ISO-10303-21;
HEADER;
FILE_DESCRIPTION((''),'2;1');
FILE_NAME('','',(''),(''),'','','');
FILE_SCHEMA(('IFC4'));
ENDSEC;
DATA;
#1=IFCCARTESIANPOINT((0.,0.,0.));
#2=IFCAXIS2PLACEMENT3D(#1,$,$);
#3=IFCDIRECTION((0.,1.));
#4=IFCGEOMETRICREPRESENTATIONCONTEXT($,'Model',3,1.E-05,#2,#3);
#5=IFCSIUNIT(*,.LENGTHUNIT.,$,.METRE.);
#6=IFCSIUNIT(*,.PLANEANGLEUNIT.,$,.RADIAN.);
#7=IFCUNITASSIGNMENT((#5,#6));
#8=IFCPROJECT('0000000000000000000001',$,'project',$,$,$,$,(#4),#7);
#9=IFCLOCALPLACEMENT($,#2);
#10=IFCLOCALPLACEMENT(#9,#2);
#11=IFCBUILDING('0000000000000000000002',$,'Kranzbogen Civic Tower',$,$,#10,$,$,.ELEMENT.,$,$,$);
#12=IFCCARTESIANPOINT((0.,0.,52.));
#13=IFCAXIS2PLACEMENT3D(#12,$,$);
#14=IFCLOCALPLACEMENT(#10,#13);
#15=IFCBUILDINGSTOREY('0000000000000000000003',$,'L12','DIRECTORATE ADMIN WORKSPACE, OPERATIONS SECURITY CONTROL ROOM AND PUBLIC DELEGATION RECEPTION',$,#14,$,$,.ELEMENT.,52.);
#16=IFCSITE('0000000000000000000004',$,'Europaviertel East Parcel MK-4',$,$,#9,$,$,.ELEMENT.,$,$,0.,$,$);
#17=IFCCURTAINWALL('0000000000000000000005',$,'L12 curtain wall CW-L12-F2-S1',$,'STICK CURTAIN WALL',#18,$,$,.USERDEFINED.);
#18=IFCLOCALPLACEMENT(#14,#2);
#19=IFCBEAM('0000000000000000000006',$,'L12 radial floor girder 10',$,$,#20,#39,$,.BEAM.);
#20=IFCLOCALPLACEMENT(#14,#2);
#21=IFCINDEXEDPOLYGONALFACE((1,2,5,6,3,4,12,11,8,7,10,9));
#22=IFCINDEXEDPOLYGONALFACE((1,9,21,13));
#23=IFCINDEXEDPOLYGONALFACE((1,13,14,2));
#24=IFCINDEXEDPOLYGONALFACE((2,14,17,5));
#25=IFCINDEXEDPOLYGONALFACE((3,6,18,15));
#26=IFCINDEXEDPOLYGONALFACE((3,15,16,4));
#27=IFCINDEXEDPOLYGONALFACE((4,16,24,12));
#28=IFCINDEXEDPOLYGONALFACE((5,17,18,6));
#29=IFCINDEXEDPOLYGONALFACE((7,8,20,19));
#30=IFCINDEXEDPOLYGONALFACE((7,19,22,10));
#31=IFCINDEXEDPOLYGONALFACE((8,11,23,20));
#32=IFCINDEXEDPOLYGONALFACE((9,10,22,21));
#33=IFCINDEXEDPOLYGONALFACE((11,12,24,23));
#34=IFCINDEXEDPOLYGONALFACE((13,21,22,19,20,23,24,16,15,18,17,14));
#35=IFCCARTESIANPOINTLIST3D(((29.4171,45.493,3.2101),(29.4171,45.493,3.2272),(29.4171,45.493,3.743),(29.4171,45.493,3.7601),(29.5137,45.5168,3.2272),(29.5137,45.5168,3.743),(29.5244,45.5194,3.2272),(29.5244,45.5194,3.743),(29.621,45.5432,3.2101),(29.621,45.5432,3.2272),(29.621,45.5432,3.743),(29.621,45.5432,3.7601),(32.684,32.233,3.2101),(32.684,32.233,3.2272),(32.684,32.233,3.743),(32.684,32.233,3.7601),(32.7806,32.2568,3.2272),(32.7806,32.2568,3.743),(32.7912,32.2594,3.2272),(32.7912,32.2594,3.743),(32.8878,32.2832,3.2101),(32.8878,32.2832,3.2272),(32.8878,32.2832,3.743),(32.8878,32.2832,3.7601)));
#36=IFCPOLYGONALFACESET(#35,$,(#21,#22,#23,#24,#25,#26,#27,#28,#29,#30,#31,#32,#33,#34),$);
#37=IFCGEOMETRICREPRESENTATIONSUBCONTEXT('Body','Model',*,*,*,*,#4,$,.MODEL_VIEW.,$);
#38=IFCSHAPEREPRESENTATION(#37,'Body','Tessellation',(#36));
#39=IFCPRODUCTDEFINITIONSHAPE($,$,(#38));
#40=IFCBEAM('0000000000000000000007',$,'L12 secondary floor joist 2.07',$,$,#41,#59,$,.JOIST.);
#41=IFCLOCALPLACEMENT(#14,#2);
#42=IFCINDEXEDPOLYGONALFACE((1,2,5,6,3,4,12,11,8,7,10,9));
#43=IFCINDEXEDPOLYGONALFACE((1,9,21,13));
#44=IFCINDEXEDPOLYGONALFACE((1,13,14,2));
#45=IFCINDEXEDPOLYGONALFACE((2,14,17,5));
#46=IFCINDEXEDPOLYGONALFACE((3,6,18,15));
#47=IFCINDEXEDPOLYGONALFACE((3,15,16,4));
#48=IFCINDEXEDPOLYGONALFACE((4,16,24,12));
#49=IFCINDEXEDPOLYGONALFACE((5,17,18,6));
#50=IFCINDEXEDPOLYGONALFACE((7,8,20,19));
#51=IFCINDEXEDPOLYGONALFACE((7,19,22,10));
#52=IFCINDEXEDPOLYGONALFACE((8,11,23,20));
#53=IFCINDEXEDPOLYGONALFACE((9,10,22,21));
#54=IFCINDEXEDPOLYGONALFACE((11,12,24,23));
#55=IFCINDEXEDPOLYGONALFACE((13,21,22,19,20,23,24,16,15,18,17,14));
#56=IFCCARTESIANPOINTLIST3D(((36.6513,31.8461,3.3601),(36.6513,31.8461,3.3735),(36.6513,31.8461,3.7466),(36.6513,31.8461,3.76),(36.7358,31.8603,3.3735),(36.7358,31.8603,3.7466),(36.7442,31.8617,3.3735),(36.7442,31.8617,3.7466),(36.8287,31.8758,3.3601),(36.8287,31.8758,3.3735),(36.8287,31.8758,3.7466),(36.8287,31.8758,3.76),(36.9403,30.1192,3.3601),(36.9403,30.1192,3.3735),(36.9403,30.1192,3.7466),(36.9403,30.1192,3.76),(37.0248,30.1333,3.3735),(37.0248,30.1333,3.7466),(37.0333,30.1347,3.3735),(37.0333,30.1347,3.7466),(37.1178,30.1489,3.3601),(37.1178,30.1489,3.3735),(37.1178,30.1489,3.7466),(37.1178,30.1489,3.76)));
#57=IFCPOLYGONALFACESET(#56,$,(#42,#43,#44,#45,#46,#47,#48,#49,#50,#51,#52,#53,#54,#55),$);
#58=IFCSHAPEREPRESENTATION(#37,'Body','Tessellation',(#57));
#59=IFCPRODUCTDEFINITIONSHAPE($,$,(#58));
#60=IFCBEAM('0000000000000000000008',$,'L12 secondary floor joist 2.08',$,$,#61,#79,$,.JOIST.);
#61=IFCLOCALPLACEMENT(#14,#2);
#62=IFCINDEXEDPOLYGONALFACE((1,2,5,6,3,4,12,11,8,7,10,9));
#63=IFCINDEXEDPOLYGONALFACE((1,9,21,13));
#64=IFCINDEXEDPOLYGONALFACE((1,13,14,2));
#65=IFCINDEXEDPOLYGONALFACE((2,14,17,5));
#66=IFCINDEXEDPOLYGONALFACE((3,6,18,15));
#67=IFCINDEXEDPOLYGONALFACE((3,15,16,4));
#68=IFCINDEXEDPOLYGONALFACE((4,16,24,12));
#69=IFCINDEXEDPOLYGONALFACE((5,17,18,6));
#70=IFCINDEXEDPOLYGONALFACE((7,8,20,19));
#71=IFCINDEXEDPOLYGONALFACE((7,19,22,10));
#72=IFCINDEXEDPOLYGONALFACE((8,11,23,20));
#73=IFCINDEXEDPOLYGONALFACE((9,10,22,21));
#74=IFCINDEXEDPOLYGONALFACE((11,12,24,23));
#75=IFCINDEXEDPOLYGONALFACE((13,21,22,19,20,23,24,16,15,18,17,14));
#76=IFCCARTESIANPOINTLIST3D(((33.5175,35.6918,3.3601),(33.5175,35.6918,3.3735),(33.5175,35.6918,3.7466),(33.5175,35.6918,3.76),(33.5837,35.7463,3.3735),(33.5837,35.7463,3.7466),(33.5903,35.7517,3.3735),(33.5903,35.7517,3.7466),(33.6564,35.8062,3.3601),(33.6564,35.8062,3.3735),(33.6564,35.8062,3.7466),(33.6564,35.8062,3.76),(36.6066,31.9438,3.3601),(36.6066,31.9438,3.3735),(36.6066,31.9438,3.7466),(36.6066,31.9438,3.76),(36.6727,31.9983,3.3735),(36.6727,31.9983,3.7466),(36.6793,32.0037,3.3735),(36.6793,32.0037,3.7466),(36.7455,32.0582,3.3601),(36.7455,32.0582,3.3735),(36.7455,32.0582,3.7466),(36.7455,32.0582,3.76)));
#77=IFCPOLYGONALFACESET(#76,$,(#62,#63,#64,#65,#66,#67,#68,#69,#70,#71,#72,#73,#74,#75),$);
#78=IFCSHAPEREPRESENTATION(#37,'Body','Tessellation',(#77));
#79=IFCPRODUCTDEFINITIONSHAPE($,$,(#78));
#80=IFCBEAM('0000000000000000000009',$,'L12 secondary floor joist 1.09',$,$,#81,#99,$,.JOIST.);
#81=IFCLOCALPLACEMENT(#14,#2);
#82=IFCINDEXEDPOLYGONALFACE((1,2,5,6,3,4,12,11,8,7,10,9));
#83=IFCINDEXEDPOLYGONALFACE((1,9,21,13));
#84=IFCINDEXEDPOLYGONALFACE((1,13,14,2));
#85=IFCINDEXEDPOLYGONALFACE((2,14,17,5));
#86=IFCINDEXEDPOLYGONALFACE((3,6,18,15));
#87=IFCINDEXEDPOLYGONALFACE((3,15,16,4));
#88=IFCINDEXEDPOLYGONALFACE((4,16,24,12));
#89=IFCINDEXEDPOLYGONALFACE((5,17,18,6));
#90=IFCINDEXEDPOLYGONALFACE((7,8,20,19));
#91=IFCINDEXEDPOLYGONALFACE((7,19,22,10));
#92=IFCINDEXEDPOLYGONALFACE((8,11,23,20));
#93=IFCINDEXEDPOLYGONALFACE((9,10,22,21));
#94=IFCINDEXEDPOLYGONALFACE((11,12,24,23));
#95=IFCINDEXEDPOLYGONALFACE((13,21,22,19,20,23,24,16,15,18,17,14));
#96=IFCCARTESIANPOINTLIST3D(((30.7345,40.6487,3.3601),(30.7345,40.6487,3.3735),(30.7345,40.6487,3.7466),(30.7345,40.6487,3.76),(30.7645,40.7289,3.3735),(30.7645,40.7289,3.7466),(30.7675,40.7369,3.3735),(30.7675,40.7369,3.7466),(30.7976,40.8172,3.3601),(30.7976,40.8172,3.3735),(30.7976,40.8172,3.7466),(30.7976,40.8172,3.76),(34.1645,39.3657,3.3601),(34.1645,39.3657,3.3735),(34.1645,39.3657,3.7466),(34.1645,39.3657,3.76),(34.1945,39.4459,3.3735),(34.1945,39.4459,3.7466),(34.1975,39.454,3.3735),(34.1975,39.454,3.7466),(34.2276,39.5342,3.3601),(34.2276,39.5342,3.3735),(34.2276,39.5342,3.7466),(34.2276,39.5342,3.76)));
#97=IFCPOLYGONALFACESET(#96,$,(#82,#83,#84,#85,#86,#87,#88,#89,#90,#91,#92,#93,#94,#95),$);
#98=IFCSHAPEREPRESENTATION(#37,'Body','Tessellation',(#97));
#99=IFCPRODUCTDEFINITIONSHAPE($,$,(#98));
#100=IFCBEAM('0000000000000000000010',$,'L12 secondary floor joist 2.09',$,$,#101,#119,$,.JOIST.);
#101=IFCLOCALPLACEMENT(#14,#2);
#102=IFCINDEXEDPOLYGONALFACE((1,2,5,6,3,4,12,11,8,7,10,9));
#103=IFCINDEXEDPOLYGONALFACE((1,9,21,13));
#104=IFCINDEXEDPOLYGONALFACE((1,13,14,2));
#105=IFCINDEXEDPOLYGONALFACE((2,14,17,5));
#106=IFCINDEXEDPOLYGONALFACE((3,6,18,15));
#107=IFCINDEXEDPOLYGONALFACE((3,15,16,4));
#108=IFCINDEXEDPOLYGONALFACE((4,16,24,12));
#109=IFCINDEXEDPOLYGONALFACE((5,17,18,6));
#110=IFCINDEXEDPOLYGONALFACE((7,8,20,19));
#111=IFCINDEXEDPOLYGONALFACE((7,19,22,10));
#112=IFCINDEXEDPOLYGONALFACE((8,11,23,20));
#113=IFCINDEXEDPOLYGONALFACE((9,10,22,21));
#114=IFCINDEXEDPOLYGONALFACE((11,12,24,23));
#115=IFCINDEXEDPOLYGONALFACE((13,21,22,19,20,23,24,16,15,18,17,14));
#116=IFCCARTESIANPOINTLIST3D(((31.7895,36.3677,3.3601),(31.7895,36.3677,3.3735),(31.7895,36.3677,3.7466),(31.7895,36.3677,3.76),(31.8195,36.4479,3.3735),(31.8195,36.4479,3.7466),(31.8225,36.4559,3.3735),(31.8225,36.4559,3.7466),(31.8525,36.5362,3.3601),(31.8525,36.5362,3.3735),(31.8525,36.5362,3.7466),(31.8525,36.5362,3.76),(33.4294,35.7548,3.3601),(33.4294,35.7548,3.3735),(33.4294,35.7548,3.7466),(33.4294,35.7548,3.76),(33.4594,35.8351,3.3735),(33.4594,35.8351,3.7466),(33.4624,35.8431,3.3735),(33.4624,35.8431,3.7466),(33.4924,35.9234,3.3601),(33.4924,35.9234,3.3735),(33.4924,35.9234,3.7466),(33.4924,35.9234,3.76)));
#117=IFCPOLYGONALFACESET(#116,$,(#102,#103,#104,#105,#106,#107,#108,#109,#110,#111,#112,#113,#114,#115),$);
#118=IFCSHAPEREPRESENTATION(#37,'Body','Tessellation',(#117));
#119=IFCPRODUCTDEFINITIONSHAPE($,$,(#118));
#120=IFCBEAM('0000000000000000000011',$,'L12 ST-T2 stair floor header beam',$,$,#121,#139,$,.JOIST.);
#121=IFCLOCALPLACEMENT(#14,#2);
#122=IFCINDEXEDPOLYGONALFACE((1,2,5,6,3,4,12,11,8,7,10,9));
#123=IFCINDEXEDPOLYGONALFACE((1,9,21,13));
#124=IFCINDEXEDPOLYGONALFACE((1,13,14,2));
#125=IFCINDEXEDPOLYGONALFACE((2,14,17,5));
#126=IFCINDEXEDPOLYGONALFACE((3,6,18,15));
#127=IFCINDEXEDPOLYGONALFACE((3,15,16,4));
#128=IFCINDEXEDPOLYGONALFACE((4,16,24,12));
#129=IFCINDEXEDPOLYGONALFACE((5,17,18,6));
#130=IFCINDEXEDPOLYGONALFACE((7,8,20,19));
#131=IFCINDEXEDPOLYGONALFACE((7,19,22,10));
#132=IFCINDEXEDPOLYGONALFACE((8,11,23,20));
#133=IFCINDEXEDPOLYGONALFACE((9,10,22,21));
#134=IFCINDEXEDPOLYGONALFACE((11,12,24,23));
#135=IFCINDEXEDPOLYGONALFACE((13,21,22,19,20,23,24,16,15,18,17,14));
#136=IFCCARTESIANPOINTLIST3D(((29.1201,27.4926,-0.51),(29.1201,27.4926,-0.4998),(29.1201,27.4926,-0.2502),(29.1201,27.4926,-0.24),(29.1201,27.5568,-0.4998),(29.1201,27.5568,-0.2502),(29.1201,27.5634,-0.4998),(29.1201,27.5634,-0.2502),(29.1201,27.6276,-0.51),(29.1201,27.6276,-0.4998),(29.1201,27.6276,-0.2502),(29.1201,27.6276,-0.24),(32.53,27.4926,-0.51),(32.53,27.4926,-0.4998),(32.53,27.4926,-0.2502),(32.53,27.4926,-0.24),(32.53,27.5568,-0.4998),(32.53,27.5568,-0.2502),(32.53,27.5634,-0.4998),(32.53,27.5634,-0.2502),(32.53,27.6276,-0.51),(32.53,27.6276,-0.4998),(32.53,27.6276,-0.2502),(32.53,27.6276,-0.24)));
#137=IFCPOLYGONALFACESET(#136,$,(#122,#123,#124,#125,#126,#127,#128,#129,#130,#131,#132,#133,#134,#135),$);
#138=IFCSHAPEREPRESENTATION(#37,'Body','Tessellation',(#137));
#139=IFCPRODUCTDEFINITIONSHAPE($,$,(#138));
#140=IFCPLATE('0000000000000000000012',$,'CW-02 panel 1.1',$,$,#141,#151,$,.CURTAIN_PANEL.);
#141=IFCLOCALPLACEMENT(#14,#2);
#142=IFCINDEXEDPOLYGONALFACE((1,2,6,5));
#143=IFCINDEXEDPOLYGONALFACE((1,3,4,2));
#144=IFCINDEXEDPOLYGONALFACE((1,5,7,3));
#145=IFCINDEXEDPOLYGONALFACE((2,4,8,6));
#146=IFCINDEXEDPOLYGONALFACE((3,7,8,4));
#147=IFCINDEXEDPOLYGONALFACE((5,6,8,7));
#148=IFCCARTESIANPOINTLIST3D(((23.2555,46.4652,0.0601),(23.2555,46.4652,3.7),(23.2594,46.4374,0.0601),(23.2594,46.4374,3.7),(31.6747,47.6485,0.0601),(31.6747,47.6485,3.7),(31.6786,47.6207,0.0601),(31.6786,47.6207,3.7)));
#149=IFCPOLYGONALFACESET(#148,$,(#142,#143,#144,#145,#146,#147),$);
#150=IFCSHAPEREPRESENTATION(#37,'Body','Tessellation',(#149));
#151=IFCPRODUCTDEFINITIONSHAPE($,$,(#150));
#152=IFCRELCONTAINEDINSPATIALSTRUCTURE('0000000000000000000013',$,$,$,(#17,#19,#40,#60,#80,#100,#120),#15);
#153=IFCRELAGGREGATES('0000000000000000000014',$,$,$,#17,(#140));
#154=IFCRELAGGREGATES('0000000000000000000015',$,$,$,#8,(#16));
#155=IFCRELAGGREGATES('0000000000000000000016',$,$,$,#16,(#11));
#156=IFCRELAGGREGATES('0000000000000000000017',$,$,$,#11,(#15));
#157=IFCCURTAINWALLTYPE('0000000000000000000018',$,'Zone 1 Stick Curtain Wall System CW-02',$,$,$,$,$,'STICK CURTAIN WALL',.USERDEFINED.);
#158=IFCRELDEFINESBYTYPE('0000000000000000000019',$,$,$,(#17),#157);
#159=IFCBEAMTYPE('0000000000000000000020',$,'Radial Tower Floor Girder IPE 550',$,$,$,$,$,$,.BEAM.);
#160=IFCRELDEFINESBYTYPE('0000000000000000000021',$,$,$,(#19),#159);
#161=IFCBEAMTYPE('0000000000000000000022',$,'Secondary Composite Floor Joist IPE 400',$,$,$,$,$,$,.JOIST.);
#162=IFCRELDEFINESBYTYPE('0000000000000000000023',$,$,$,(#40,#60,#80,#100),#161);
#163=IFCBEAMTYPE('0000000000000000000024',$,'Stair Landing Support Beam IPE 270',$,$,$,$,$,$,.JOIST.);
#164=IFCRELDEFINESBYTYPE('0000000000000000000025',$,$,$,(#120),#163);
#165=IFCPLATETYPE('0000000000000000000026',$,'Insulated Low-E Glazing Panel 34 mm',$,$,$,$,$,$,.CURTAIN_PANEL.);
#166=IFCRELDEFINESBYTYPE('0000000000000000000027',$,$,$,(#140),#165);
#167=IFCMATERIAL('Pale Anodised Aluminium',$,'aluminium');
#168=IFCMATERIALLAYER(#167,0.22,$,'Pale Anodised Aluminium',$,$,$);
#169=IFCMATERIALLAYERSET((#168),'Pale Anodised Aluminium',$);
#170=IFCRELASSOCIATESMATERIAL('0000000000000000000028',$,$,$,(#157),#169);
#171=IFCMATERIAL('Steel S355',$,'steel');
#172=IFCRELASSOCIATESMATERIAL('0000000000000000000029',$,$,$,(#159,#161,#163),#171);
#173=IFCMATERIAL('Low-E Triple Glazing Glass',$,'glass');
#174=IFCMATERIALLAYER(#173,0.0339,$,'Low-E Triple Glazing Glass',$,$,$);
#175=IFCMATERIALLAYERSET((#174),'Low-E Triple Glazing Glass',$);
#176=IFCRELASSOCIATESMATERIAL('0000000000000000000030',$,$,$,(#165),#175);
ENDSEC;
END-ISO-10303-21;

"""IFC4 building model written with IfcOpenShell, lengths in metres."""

from ifc_helpers import new_model, si_unit, direction, frame, origin, origin_2d, place, context, subcontext, project, spatial, rectangle, i_section, extrude, material, layer, layer_set, material_profile, profile_set, type_object, element, aggregate, save


model = new_model("IFC4")

# Units and contexts
model_context = context("Model", 3, precision=1e-05, world=origin(), true_north=direction((0.0, 1.0)))
body_context = subcontext(model_context, "Body", "Model", "MODEL_VIEW")
ifc_project = project(units=[si_unit("LENGTHUNIT", "METRE"), si_unit("PLANEANGLEUNIT", "RADIAN")], contexts=[model_context])

# Site, building, storey
site_placement = place(None, origin())
site = spatial("IfcSite", under=ifc_project, at=site_placement, Name="Europaviertel East Parcel MK-4", CompositionType="ELEMENT", RefElevation=0.0)
building_placement = place(site_placement, origin())
building = spatial("IfcBuilding", under=site, at=building_placement, Name="Kranzbogen Civic Tower", CompositionType="ELEMENT")
storey_placement = place(building_placement, frame((0.0, 0.0, 52.0)))
storey = spatial("IfcBuildingStorey", under=building, at=storey_placement, Name="L12", Description="DIRECTORATE ADMIN WORKSPACE, OPERATIONS SECURITY CONTROL ROOM AND PUBLIC DELEGATION RECEPTION", CompositionType="ELEMENT", Elevation=52.0)

# Shared definitions
ifc_material_1 = material(Name="Pale Anodised Aluminium", Category="aluminium")
ifc_layer_1 = layer(ifc_material_1, 0.22, Name="Pale Anodised Aluminium")
ifc_layer_set_1 = layer_set([ifc_layer_1], Name="Pale Anodised Aluminium")
curtain_wall_type = type_object("IfcCurtainWallType", Name="Zone 1 Stick Curtain Wall System CW-02", ElementType="STICK CURTAIN WALL", PredefinedType="USERDEFINED", material=ifc_layer_set_1)

# Curtain wall
curtain_wall_1_placement = place(storey_placement, origin())
curtain_wall_1 = element("IfcCurtainWall", 1, at=curtain_wall_1_placement, inside=storey, type_object=curtain_wall_type, Name="L12 curtain wall CW-L12-F2-S1", ObjectType="STICK CURTAIN WALL", PredefinedType="USERDEFINED")

# Beams
ifc_material_2 = material(Name="Steel S355", Category="steel")
ifc_material_profile_1 = material_profile(ifc_material_2, i_section(OverallWidth=0.21, OverallDepth=0.55, WebThickness=0.011, FlangeThickness=0.0171, at=origin_2d()), Name="IPE 550")
ifc_profile_set_1 = profile_set([ifc_material_profile_1], Name="Steel S355")
beam_type_1 = type_object("IfcBeamType", Name="Radial Tower Floor Girder IPE 550", PredefinedType="BEAM", material=ifc_profile_set_1)
beam_1_placement = place(storey_placement, frame((29.519, 45.5181, 3.4851), z_axis=(0.239215, -0.970967, 0.0), x_axis=(0.970967, 0.239215, 0.0)))
element("IfcBeam", 2, at=beam_1_placement, inside=storey, type_object=beam_type_1, Name="L12 radial floor girder 10", PredefinedType="BEAM", context=body_context, shape_type="SweptSolid", body=[
    extrude(i_section(OverallWidth=0.21, OverallDepth=0.55, WebThickness=0.011, FlangeThickness=0.0171, at=origin_2d()), origin(), (0.0, 0.0, 1.0), 13.6565),
])
ifc_material_profile_2 = material_profile(ifc_material_2, i_section(OverallWidth=0.1799, OverallDepth=0.3999, WebThickness=0.0085, FlangeThickness=0.0134, at=origin_2d()), Name="IPE 400")
ifc_profile_set_2 = profile_set([ifc_material_profile_2], Name="Steel S355")
beam_type_2 = type_object("IfcBeamType", Name="Secondary Composite Floor Joist IPE 400", PredefinedType="JOIST", material=ifc_profile_set_2)
beam_2_placement = place(storey_placement, frame((37.0291, 30.134, 3.5601), z_axis=(-0.165077, 0.986281, 0.0), x_axis=(-0.986281, -0.165077, 0.0)))
element("IfcBeam", 3, at=beam_2_placement, inside=storey, type_object=beam_type_2, Name="L12 secondary floor joist 2.07", PredefinedType="JOIST", context=body_context, shape_type="SweptSolid", body=[
    extrude(i_section(OverallWidth=0.1799, OverallDepth=0.3999, WebThickness=0.0085, FlangeThickness=0.0134, at=origin_2d()), origin(), (0.0, 0.0, 1.0), 1.751),
])
beam_3_placement = place(storey_placement, frame((36.676, 32.001, 3.5601), z_axis=(-0.636012, 0.771679, 0.0), x_axis=(-0.771679, -0.636012, 0.0)))
element("IfcBeam", 4, at=beam_3_placement, inside=storey, type_object=beam_type_2, Name="L12 secondary floor joist 2.08", PredefinedType="JOIST", context=body_context, shape_type="SweptSolid", body=[
    extrude(i_section(OverallWidth=0.1799, OverallDepth=0.3999, WebThickness=0.0085, FlangeThickness=0.0134, at=origin_2d()), origin(), (0.0, 0.0, 1.0), 4.8569),
])
beam_4_placement = place(storey_placement, frame((34.196, 39.45, 3.5601), z_axis=(-0.936622, 0.350342, 0.0), x_axis=(-0.350342, -0.936622, 0.0)))
element("IfcBeam", 5, at=beam_4_placement, inside=storey, type_object=beam_type_2, Name="L12 secondary floor joist 1.09", PredefinedType="JOIST", context=body_context, shape_type="SweptSolid", body=[
    extrude(i_section(OverallWidth=0.1799, OverallDepth=0.3999, WebThickness=0.0085, FlangeThickness=0.0134, at=origin_2d()), origin(), (0.0, 0.0, 1.0), 3.6621),
])
beam_5_placement = place(storey_placement, frame((33.4609, 35.8391, 3.5601), z_axis=(-0.936735, 0.350038, 0.0), x_axis=(-0.350038, -0.936735, 0.0)))
element("IfcBeam", 6, at=beam_5_placement, inside=storey, type_object=beam_type_2, Name="L12 secondary floor joist 2.09", PredefinedType="JOIST", context=body_context, shape_type="SweptSolid", body=[
    extrude(i_section(OverallWidth=0.1799, OverallDepth=0.3999, WebThickness=0.0085, FlangeThickness=0.0134, at=origin_2d()), origin(), (0.0, 0.0, 1.0), 1.7507),
])
ifc_material_profile_3 = material_profile(ifc_material_2, i_section(OverallWidth=0.135, OverallDepth=0.27, WebThickness=0.0066, FlangeThickness=0.0103, at=origin_2d()), Name="IPE 270")
ifc_profile_set_3 = profile_set([ifc_material_profile_3], Name="Steel S355")
beam_type_3 = type_object("IfcBeamType", Name="Stair Landing Support Beam IPE 270", PredefinedType="JOIST", material=ifc_profile_set_3)
beam_6_placement = place(storey_placement, frame((29.1201, 27.5601, -0.375), z_axis=(1.0, 0.0, 0.0), x_axis=(0.0, 1.0, 0.0)))
element("IfcBeam", 7, at=beam_6_placement, inside=storey, type_object=beam_type_3, Name="L12 ST-T2 stair floor header beam", PredefinedType="JOIST", context=body_context, shape_type="SweptSolid", body=[
    extrude(i_section(OverallWidth=0.135, OverallDepth=0.27, WebThickness=0.0066, FlangeThickness=0.0103, at=origin_2d()), origin(), (0.0, 0.0, 1.0), 3.4099),
])

# Plate
ifc_material_3 = material(Name="Low-E Triple Glazing Glass", Category="glass")
ifc_layer_2 = layer(ifc_material_3, 0.0339, Name="Low-E Triple Glazing Glass")
ifc_layer_set_2 = layer_set([ifc_layer_2], Name="Low-E Triple Glazing Glass")
plate_type = type_object("IfcPlateType", Name="Insulated Low-E Glazing Panel 34 mm", PredefinedType="CURTAIN_PANEL", material=ifc_layer_set_2)
plate_placement = place(storey_placement, frame((27.467, 47.043, 0.0601), z_axis=(0.0, 0.0, 1.0), x_axis=(-0.990267, -0.13918, 0.0)))
plate = element("IfcPlate", 8, at=plate_placement, type_object=plate_type, Name="CW-02 panel 1.1", PredefinedType="CURTAIN_PANEL", context=body_context, shape_type="SweptSolid", body=[
    extrude(rectangle(XDim=8.502, YDim=0.0281, at=origin_2d()), origin(), (0.0, 0.0, 1.0), 3.6399),
])
aggregate(curtain_wall_1, [plate])

save(model, "model.ifc")
